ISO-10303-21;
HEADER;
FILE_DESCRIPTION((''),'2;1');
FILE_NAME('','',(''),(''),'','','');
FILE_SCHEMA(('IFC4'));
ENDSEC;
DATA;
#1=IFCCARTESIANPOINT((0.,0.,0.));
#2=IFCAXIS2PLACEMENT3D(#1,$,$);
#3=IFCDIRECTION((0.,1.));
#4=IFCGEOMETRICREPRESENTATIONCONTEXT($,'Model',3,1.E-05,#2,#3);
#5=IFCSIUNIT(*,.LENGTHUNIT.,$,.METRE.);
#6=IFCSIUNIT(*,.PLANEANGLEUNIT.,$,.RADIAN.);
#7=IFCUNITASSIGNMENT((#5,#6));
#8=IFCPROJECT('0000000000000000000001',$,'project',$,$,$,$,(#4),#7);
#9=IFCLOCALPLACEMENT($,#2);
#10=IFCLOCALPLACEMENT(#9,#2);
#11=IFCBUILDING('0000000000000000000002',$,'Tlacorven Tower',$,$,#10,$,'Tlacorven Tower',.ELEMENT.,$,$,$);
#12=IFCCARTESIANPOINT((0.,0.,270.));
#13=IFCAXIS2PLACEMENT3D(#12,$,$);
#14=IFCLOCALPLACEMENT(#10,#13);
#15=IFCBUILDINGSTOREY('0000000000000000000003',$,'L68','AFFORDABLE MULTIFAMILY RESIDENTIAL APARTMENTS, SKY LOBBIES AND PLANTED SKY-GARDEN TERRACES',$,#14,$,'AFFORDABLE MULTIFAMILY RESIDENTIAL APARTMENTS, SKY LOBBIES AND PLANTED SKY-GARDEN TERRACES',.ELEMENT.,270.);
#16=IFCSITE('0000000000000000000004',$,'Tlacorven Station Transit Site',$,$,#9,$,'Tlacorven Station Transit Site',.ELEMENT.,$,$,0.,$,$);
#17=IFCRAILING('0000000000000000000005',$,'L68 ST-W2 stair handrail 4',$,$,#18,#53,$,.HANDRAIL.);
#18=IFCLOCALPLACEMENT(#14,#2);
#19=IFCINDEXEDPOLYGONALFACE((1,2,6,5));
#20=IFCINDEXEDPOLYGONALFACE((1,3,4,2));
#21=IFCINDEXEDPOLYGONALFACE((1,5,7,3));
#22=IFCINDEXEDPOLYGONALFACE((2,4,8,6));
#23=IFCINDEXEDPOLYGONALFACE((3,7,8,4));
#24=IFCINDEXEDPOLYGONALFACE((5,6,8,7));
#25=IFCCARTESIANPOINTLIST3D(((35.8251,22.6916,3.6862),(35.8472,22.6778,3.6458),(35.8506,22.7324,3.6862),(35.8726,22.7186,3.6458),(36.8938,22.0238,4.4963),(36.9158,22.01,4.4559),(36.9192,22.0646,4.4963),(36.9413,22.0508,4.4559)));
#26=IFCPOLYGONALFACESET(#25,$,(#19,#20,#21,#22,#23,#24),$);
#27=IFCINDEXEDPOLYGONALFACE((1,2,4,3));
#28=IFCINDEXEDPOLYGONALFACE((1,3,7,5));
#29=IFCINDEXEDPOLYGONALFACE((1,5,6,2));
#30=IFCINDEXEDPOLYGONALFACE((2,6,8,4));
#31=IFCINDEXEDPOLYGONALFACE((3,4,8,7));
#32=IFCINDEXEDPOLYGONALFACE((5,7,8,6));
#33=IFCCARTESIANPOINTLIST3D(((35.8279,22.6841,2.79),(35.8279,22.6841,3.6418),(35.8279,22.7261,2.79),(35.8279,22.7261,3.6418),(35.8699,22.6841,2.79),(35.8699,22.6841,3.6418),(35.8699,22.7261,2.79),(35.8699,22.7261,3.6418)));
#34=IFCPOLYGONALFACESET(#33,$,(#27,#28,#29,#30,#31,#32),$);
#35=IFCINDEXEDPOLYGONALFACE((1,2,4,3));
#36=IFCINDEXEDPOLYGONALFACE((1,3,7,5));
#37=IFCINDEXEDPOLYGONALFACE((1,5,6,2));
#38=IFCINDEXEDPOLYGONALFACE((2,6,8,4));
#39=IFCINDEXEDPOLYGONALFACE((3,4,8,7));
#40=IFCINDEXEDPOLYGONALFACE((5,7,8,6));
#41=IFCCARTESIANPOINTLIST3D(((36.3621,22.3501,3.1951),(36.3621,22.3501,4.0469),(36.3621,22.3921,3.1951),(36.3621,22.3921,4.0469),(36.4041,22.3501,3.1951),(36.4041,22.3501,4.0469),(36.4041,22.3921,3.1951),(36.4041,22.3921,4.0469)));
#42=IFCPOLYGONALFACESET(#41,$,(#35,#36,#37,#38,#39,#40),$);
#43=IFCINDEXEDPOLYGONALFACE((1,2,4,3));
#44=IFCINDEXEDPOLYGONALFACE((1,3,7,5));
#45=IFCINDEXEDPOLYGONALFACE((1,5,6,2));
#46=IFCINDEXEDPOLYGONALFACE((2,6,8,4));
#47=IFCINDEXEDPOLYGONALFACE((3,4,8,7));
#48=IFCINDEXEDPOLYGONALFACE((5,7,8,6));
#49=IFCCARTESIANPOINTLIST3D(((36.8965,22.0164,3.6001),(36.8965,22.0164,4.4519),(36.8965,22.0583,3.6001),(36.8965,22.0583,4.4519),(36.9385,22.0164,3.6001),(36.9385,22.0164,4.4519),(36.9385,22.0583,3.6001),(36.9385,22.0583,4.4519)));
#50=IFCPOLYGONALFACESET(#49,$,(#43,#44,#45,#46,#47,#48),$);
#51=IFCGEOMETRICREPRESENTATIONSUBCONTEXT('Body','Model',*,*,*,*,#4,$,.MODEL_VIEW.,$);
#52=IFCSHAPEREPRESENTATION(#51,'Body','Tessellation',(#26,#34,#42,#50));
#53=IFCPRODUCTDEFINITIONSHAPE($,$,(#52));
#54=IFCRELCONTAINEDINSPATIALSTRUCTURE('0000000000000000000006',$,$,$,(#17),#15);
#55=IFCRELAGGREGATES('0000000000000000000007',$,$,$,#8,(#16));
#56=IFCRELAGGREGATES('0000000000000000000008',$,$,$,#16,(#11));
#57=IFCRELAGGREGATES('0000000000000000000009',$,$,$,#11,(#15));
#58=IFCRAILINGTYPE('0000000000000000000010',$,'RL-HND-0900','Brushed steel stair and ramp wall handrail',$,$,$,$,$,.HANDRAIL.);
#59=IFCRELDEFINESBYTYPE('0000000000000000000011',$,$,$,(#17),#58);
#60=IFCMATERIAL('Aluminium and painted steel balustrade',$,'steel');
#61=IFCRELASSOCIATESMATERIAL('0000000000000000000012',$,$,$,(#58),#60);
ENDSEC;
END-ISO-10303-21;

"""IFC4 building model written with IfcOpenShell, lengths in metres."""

from ifc_helpers import new_model, si_unit, direction, frame, origin, origin_2d, place, context, subcontext, project, spatial, rectangle, extrude, source, transform, mapped, material, type_object, element, save


model = new_model("IFC4")

# Units and contexts
model_context = context("Model", 3, precision=1e-05, world=origin(), true_north=direction((0.0, 1.0)))
body_context = subcontext(model_context, "Body", "Model", "MODEL_VIEW")
ifc_project = project(units=[si_unit("LENGTHUNIT", "METRE"), si_unit("PLANEANGLEUNIT", "RADIAN")], contexts=[model_context])

# Site, building, storey
site_placement = place(None, origin())
site = spatial("IfcSite", under=ifc_project, at=site_placement, Name="Tlacorven Station Transit Site", LongName="Tlacorven Station Transit Site", CompositionType="ELEMENT", RefElevation=0.0)
building_placement = place(site_placement, origin())
building = spatial("IfcBuilding", under=site, at=building_placement, Name="Tlacorven Tower", LongName="Tlacorven Tower", CompositionType="ELEMENT")
storey_placement = place(building_placement, frame((0.0, 0.0, 270.0)))
storey = spatial("IfcBuildingStorey", under=building, at=storey_placement, Name="L68", Description="AFFORDABLE MULTIFAMILY RESIDENTIAL APARTMENTS, SKY LOBBIES AND PLANTED SKY-GARDEN TERRACES", LongName="AFFORDABLE MULTIFAMILY RESIDENTIAL APARTMENTS, SKY LOBBIES AND PLANTED SKY-GARDEN TERRACES", CompositionType="ELEMENT", Elevation=270.0)

# Railing
ifc_material_1 = material(Name="Aluminium and painted steel balustrade", Category="steel")
railing_type = type_object("IfcRailingType", Name="RL-HND-0900", Description="Brushed steel stair and ramp wall handrail", PredefinedType="HANDRAIL", material=ifc_material_1)
shared_shape_1 = source(origin(), body_context, "Body", "SweptSolid", [
    extrude(rectangle(XDim=0.0481, YDim=0.0481, at=origin_2d()), frame((0.0, 0.0, 0.876), z_axis=(0.71336, -0.445748, 0.540765), x_axis=(0.529912, 0.848053, 0.0)), (0.0, 0.0, 1.0), 1.498),
    extrude(rectangle(XDim=0.042, YDim=0.042, at=origin_2d()), origin(), (0.0, 0.0, 1.0), 0.8518),
    extrude(rectangle(XDim=0.042, YDim=0.042, at=origin_2d()), frame((0.5342, -0.334, 0.405)), (0.0, 0.0, 1.0), 0.8518),
    extrude(rectangle(XDim=0.042, YDim=0.042, at=origin_2d()), frame((1.0686, -0.6677, 0.8101)), (0.0, 0.0, 1.0), 0.8518),
])
railing_placement = place(storey_placement, frame((35.8489, 22.7051, 2.79)))
element("IfcRailing", 1, at=railing_placement, inside=storey, type_object=railing_type, Name="L68 ST-W2 stair handrail 4", PredefinedType="HANDRAIL", context=body_context, shape_type="MappedRepresentation", body=[
    mapped(shared_shape_1, transform((0.0, 0.0, 0.0), scale=1.0)),
])

save(model, "model.ifc")
